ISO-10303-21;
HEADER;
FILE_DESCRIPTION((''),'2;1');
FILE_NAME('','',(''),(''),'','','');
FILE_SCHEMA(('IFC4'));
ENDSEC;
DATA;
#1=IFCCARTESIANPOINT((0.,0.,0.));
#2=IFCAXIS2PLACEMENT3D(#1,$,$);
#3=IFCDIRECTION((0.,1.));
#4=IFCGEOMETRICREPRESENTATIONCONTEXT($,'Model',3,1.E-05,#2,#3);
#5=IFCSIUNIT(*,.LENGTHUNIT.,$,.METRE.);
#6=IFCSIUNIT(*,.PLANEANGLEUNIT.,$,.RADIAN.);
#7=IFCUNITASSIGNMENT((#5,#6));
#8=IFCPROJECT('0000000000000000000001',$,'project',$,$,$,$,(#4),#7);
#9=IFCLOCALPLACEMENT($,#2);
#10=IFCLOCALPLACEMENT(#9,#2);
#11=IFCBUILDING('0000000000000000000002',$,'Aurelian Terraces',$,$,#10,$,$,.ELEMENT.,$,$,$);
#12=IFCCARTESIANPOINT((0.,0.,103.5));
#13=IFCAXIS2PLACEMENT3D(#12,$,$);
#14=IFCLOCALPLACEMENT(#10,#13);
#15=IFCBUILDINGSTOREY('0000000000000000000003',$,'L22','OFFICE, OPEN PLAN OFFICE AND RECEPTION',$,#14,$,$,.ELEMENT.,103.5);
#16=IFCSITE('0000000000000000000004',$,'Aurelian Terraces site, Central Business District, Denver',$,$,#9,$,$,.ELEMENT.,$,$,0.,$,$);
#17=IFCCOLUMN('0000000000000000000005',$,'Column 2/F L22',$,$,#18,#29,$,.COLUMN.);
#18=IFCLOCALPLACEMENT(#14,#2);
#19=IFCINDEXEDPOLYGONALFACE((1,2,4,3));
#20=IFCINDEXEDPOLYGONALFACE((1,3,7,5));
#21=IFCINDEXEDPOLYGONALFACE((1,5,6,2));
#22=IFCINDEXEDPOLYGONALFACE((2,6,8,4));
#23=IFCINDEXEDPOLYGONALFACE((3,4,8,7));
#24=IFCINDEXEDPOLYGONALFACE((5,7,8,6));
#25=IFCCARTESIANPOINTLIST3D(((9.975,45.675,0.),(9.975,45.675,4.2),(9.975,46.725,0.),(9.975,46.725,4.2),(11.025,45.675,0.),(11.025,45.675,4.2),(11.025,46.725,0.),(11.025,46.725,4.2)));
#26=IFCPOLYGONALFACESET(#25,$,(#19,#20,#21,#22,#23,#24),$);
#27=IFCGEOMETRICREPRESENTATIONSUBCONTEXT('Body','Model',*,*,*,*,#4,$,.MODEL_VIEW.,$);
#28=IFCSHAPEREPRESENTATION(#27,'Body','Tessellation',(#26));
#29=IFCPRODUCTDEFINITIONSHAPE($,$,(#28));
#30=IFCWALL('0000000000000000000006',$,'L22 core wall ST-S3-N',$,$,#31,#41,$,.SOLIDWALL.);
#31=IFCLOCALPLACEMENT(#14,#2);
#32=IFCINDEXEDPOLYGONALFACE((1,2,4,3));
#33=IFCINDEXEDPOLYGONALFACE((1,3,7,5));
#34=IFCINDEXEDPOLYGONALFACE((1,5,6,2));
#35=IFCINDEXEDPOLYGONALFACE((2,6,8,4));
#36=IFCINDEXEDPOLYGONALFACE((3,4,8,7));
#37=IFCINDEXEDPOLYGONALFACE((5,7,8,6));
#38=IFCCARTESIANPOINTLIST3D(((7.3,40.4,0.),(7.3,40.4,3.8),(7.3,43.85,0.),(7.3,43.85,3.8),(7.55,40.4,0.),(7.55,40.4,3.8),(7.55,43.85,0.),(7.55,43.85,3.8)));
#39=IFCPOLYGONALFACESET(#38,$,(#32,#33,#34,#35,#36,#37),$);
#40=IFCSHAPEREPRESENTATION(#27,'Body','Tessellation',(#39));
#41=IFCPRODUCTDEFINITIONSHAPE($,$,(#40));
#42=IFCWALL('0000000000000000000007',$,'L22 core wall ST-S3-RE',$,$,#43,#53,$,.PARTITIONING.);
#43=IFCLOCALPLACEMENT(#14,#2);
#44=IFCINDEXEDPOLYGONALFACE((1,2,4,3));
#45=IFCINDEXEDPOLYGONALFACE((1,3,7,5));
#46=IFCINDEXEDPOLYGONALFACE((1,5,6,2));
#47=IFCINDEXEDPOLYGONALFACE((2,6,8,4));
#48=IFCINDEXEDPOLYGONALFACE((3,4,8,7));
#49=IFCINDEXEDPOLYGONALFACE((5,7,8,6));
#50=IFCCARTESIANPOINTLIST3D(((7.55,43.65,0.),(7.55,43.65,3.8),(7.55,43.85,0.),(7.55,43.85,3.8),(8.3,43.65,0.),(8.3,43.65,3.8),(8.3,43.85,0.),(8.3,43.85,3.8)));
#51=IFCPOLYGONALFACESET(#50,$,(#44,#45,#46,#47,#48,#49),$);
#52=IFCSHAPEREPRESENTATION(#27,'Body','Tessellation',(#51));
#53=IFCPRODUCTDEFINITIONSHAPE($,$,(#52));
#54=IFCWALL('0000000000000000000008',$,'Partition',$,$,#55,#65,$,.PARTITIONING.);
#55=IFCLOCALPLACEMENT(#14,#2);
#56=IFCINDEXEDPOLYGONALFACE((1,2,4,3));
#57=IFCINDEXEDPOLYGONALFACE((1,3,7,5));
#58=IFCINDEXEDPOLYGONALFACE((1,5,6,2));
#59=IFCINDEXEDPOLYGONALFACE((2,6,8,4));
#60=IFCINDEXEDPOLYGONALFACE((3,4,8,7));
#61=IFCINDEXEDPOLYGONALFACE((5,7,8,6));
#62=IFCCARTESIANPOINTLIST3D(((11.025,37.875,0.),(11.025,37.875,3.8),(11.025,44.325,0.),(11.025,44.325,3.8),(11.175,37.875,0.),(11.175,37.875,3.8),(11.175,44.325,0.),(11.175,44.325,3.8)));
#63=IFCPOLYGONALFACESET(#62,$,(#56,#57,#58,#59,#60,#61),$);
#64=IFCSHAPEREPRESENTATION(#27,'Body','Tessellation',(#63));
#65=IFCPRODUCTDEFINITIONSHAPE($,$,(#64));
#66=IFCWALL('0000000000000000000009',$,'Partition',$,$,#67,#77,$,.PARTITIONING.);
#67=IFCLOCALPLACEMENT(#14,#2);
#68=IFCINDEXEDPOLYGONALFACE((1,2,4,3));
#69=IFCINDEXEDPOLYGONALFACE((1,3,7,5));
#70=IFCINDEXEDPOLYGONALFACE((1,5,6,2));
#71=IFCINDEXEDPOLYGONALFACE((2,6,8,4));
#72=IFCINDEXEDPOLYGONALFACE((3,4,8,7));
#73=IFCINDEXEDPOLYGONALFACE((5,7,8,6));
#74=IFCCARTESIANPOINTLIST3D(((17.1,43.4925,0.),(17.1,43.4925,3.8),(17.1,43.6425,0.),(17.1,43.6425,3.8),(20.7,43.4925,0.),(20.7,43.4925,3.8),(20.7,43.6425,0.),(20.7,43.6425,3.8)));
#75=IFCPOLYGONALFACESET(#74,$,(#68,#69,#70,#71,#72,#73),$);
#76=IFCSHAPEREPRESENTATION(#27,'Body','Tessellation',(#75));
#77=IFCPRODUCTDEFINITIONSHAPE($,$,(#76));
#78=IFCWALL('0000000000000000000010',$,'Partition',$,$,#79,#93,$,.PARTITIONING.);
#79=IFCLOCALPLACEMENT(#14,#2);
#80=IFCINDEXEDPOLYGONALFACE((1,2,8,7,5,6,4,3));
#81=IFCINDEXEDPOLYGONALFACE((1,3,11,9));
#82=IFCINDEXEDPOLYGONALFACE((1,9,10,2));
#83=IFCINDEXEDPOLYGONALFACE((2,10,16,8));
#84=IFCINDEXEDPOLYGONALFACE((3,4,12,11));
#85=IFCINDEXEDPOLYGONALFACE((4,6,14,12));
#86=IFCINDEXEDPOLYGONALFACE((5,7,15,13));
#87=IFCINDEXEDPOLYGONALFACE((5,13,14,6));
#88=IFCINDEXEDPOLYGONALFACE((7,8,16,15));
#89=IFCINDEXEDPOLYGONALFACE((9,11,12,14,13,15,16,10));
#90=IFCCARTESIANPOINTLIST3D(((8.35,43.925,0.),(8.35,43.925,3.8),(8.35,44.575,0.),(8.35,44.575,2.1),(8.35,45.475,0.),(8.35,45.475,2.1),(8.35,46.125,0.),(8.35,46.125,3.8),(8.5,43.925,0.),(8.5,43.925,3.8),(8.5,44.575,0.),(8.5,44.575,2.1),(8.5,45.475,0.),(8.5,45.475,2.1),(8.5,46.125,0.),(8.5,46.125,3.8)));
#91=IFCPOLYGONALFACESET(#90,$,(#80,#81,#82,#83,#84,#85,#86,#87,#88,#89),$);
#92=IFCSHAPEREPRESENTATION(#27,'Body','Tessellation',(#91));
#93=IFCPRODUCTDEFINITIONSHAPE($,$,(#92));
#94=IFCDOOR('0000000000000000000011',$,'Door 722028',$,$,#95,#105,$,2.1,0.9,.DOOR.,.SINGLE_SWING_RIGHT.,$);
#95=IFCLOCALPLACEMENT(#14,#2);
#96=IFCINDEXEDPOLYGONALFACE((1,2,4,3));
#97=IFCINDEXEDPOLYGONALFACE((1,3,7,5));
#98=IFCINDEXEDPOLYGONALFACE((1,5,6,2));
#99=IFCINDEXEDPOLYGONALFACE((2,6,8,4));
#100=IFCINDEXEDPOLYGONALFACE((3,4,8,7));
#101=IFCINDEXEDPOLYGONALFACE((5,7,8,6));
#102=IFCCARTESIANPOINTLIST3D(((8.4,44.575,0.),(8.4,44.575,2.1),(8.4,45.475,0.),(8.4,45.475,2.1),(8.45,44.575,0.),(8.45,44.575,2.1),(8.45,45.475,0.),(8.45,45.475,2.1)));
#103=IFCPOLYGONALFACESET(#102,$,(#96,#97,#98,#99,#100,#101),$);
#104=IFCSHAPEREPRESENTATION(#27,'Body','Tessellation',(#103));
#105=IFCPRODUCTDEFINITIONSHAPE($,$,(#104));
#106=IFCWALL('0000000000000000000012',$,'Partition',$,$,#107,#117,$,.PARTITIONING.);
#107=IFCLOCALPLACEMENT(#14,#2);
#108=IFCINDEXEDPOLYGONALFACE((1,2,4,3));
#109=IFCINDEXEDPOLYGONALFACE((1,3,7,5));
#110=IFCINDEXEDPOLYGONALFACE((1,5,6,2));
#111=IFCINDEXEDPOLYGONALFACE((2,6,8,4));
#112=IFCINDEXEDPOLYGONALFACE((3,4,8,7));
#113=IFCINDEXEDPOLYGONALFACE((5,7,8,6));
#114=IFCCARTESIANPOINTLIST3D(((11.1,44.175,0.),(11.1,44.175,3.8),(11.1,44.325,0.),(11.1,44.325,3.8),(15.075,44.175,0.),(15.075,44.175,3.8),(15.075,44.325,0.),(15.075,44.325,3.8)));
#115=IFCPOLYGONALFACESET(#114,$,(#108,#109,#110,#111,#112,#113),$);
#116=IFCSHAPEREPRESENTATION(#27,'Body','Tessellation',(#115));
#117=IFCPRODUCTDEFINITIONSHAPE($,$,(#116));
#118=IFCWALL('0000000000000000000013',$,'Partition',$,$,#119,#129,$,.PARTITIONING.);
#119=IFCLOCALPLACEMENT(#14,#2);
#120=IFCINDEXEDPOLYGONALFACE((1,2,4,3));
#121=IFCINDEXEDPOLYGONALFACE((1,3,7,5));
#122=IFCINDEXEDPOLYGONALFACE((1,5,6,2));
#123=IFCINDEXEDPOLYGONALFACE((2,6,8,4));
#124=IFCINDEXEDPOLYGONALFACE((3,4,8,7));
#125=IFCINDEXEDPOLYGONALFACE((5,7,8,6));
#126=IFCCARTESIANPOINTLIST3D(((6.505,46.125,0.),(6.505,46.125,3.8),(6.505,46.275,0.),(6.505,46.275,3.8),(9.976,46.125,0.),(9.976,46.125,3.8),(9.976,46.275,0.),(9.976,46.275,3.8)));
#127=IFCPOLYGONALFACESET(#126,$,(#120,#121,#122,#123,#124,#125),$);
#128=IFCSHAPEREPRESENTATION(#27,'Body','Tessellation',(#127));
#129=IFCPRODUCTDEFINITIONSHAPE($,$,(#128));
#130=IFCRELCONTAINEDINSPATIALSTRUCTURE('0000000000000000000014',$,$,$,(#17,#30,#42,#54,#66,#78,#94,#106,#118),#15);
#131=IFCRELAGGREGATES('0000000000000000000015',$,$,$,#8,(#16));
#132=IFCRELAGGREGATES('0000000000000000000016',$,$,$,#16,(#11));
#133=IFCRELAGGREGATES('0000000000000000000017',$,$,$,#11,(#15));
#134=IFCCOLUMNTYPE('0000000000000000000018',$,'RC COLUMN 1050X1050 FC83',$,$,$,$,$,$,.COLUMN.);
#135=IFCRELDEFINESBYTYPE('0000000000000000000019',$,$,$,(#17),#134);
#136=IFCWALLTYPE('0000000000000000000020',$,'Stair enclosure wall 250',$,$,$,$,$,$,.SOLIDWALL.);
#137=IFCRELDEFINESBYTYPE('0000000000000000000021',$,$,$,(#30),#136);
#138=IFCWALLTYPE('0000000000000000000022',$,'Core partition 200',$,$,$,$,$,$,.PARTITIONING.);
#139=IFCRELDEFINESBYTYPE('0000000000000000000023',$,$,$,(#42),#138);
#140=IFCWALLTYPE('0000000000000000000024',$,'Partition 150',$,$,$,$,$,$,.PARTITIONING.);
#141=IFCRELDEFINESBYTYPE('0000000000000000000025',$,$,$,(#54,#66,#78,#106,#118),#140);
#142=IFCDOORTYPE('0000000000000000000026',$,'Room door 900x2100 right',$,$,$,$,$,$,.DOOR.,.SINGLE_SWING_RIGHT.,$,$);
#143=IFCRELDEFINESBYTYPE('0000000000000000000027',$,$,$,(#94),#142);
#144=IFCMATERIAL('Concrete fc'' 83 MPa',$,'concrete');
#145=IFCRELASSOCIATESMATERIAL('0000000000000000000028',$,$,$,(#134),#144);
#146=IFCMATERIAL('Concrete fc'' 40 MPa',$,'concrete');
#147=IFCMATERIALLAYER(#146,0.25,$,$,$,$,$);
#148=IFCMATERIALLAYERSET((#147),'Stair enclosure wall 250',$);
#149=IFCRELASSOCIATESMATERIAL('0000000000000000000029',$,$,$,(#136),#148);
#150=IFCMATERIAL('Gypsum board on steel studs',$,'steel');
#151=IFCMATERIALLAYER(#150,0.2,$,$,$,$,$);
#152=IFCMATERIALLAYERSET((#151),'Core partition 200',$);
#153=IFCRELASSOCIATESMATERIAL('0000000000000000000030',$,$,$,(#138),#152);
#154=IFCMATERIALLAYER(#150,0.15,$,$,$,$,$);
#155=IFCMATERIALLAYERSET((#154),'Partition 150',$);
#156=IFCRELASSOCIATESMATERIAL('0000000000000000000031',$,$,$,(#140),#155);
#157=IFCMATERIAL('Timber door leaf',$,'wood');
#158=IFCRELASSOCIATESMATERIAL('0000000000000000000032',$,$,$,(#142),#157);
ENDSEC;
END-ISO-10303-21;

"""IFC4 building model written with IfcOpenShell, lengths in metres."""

from ifc_helpers import new_model, si_unit, direction, frame, frame_2d, origin, origin_2d, place, context, subcontext, project, spatial, rectangle, extrude, source, transform, mapped, material, layer, layer_set, material_profile, profile_set, type_object, element, fill, save


model = new_model("IFC4")

# Units and contexts
model_context = context("Model", 3, precision=1e-05, world=origin(), true_north=direction((0.0, 1.0)))
body_context = subcontext(model_context, "Body", "Model", "MODEL_VIEW")
ifc_project = project(units=[si_unit("LENGTHUNIT", "METRE"), si_unit("PLANEANGLEUNIT", "RADIAN")], contexts=[model_context])

# Site, building, storey
site_placement = place(None, origin())
site = spatial("IfcSite", under=ifc_project, at=site_placement, Name="Aurelian Terraces site, Central Business District, Denver", CompositionType="ELEMENT", RefElevation=0.0)
building_placement = place(site_placement, origin())
building = spatial("IfcBuilding", under=site, at=building_placement, Name="Aurelian Terraces", CompositionType="ELEMENT")
storey_placement = place(building_placement, frame((0.0, 0.0, 103.5)))
storey = spatial("IfcBuildingStorey", under=building, at=storey_placement, Name="L22", Description="OFFICE, OPEN PLAN OFFICE AND RECEPTION", CompositionType="ELEMENT", Elevation=103.5)

# Column
ifc_material_1 = material(Name="Concrete fc' 83 MPa", Category="concrete")
ifc_material_profile = material_profile(ifc_material_1, rectangle(XDim=1.05, YDim=1.05, at=origin_2d()))
ifc_profile_set = profile_set([ifc_material_profile], Name="Concrete fc' 83 MPa")
column_type = type_object("IfcColumnType", Name="RC COLUMN 1050X1050 FC83", PredefinedType="COLUMN", material=ifc_profile_set)
shared_shape_1 = source(origin(), body_context, "Body", "SweptSolid", [
    extrude(rectangle(XDim=1.05, YDim=1.05, at=origin_2d()), origin(), (0.0, 0.0, 1.0), 4.2),
])
column_placement = place(storey_placement, frame((10.5, 46.2, 0.0), z_axis=(0.0, 0.0, 1.0), x_axis=(1.0, 0.0, 0.0)))
element("IfcColumn", 1, at=column_placement, inside=storey, type_object=column_type, Name="Column 2/F L22", PredefinedType="COLUMN", context=body_context, shape_type="MappedRepresentation", body=[
    mapped(shared_shape_1, transform((0.0, 0.0, 0.0), scale=1.0)),
])

# Walls
ifc_material_2 = material(Name="Concrete fc' 40 MPa", Category="concrete")
ifc_layer_1 = layer(ifc_material_2, 0.25)
ifc_layer_set_1 = layer_set([ifc_layer_1], Name="Stair enclosure wall 250")
wall_type_1 = type_object("IfcWallType", Name="Stair enclosure wall 250", PredefinedType="SOLIDWALL", material=ifc_layer_set_1)
shared_shape_2 = source(origin(), body_context, "Body", "SweptSolid", [
    extrude(rectangle(XDim=3.45, YDim=0.25, at=frame_2d((1.725, 0.0))), origin(), (0.0, 0.0, 1.0), 3.8),
])
wall_1_placement = place(storey_placement, frame((7.425, 40.4, 0.0), z_axis=(0.0, 0.0, 1.0), x_axis=(0.0, 1.0, 0.0)))
element("IfcWall", 2, at=wall_1_placement, inside=storey, type_object=wall_type_1, Name="L22 core wall ST-S3-N", PredefinedType="SOLIDWALL", context=body_context, shape_type="MappedRepresentation", body=[
    mapped(shared_shape_2, transform((0.0, 0.0, 0.0), scale=1.0)),
])
ifc_material_3 = material(Name="Gypsum board on steel studs", Category="steel")
ifc_layer_2 = layer(ifc_material_3, 0.2)
ifc_layer_set_2 = layer_set([ifc_layer_2], Name="Core partition 200")
wall_type_2 = type_object("IfcWallType", Name="Core partition 200", PredefinedType="PARTITIONING", material=ifc_layer_set_2)
shared_shape_3 = source(origin(), body_context, "Body", "SweptSolid", [
    extrude(rectangle(XDim=0.75, YDim=0.2, at=frame_2d((0.375, 0.0))), origin(), (0.0, 0.0, 1.0), 3.8),
])
wall_2_placement = place(storey_placement, frame((7.55, 43.75, 0.0), z_axis=(0.0, 0.0, 1.0), x_axis=(1.0, 0.0, 0.0)))
element("IfcWall", 3, at=wall_2_placement, inside=storey, type_object=wall_type_2, Name="L22 core wall ST-S3-RE", PredefinedType="PARTITIONING", context=body_context, shape_type="MappedRepresentation", body=[
    mapped(shared_shape_3, transform((0.0, 0.0, 0.0), scale=1.0)),
])
ifc_layer_3 = layer(ifc_material_3, 0.15)
ifc_layer_set_3 = layer_set([ifc_layer_3], Name="Partition 150")
wall_type_3 = type_object("IfcWallType", Name="Partition 150", PredefinedType="PARTITIONING", material=ifc_layer_set_3)
shared_shape_4 = source(origin(), body_context, "Body", "SweptSolid", [
    extrude(rectangle(XDim=6.45, YDim=0.15, at=frame_2d((3.225, 0.0))), origin(), (0.0, 0.0, 1.0), 3.8),
])
wall_3_placement = place(storey_placement, frame((11.1, 44.325, 0.0), z_axis=(0.0, 0.0, 1.0), x_axis=(0.0, -1.0, 0.0)))
element("IfcWall", 4, at=wall_3_placement, inside=storey, type_object=wall_type_3, Name="Partition", PredefinedType="PARTITIONING", context=body_context, shape_type="MappedRepresentation", body=[
    mapped(shared_shape_4, transform((0.0, 0.0, 0.0), scale=1.0)),
])
shared_shape_5 = source(origin(), body_context, "Body", "SweptSolid", [
    extrude(rectangle(XDim=3.6, YDim=0.15, at=frame_2d((1.8, 0.0))), origin(), (0.0, 0.0, 1.0), 3.8),
])
wall_4_placement = place(storey_placement, frame((17.1, 43.5675, 0.0), z_axis=(0.0, 0.0, 1.0), x_axis=(1.0, 0.0, 0.0)))
element("IfcWall", 5, at=wall_4_placement, inside=storey, type_object=wall_type_3, Name="Partition", PredefinedType="PARTITIONING", context=body_context, shape_type="MappedRepresentation", body=[
    mapped(shared_shape_5, transform((0.0, 0.0, 0.0), scale=1.0)),
])

# Wall, opening, door
shared_shape_6 = source(origin(), body_context, "Body", "SweptSolid", [
    extrude(rectangle(XDim=2.2, YDim=0.15, at=frame_2d((1.1, 0.0))), origin(), (0.0, 0.0, 1.0), 3.8),
])
wall_5_placement = place(storey_placement, frame((8.425, 43.925, 0.0), z_axis=(0.0, 0.0, 1.0), x_axis=(0.0, 1.0, 0.0)))
wall_5 = element("IfcWall", 6, at=wall_5_placement, inside=storey, type_object=wall_type_3, Name="Partition", PredefinedType="PARTITIONING", context=body_context, shape_type="MappedRepresentation", body=[
    mapped(shared_shape_6, transform((0.0, 0.0, 0.0), scale=1.0)),
])
shared_shape_7 = source(origin(), body_context, "Body", "SweptSolid", [
    extrude(rectangle(XDim=0.9, YDim=2.1, at=frame_2d((0.45, 1.05))), frame((0.0, 0.085, 0.0), z_axis=(0.0, -1.0, 0.0), x_axis=(1.0, 0.0, 0.0)), (0.0, 0.0, 1.0), 0.17),
])
opening_placement = place(wall_5_placement, frame((0.65, 0.0, 0.0)))
opening = element("IfcOpeningElement", 7, at=opening_placement, cuts=wall_5, PredefinedType="OPENING", context=body_context, shape_type="MappedRepresentation", body=[
    mapped(shared_shape_7, transform((0.0, 0.0, 0.0), scale=1.0)),
])
ifc_material_4 = material(Name="Timber door leaf", Category="wood")
door_type = type_object("IfcDoorType", Name="Room door 900x2100 right", OperationType="SINGLE_SWING_RIGHT", PredefinedType="DOOR", material=ifc_material_4)
shared_shape_8 = source(origin(), body_context, "Body", "SweptSolid", [
    extrude(rectangle(XDim=0.9, YDim=2.1, at=frame_2d((0.45, 1.05))), frame((0.0, 0.025, 0.0), z_axis=(0.0, -1.0, 0.0), x_axis=(1.0, 0.0, 0.0)), (0.0, 0.0, 1.0), 0.05),
])
door_placement = place(opening_placement, origin())
door = element("IfcDoor", 8, at=door_placement, inside=storey, type_object=door_type, Name="Door 722028", OperationType="SINGLE_SWING_RIGHT", OverallHeight=2.1, OverallWidth=0.9, PredefinedType="DOOR", context=body_context, shape_type="MappedRepresentation", body=[
    mapped(shared_shape_8, transform((0.0, 0.0, 0.0), scale=1.0)),
])
fill(opening, door)

# Walls
shared_shape_9 = source(origin(), body_context, "Body", "SweptSolid", [
    extrude(rectangle(XDim=3.975, YDim=0.15, at=frame_2d((1.9875, 0.0))), origin(), (0.0, 0.0, 1.0), 3.8),
])
wall_6_placement = place(storey_placement, frame((15.075, 44.25, 0.0), z_axis=(0.0, 0.0, 1.0), x_axis=(-1.0, 0.0, 0.0)))
element("IfcWall", 9, at=wall_6_placement, inside=storey, type_object=wall_type_3, Name="Partition", PredefinedType="PARTITIONING", context=body_context, shape_type="MappedRepresentation", body=[
    mapped(shared_shape_9, transform((0.0, 0.0, 0.0), scale=1.0)),
])
shared_shape_10 = source(origin(), body_context, "Body", "SweptSolid", [
    extrude(rectangle(XDim=3.471, YDim=0.15, at=frame_2d((1.7355, 0.0))), origin(), (0.0, 0.0, 1.0), 3.8),
])
wall_7_placement = place(storey_placement, frame((9.976, 46.2, 0.0), z_axis=(0.0, 0.0, 1.0), x_axis=(-1.0, 0.0, 0.0)))
element("IfcWall", 10, at=wall_7_placement, inside=storey, type_object=wall_type_3, Name="Partition", PredefinedType="PARTITIONING", context=body_context, shape_type="MappedRepresentation", body=[
    mapped(shared_shape_10, transform((0.0, 0.0, 0.0), scale=1.0)),
])

save(model, "model.ifc")
